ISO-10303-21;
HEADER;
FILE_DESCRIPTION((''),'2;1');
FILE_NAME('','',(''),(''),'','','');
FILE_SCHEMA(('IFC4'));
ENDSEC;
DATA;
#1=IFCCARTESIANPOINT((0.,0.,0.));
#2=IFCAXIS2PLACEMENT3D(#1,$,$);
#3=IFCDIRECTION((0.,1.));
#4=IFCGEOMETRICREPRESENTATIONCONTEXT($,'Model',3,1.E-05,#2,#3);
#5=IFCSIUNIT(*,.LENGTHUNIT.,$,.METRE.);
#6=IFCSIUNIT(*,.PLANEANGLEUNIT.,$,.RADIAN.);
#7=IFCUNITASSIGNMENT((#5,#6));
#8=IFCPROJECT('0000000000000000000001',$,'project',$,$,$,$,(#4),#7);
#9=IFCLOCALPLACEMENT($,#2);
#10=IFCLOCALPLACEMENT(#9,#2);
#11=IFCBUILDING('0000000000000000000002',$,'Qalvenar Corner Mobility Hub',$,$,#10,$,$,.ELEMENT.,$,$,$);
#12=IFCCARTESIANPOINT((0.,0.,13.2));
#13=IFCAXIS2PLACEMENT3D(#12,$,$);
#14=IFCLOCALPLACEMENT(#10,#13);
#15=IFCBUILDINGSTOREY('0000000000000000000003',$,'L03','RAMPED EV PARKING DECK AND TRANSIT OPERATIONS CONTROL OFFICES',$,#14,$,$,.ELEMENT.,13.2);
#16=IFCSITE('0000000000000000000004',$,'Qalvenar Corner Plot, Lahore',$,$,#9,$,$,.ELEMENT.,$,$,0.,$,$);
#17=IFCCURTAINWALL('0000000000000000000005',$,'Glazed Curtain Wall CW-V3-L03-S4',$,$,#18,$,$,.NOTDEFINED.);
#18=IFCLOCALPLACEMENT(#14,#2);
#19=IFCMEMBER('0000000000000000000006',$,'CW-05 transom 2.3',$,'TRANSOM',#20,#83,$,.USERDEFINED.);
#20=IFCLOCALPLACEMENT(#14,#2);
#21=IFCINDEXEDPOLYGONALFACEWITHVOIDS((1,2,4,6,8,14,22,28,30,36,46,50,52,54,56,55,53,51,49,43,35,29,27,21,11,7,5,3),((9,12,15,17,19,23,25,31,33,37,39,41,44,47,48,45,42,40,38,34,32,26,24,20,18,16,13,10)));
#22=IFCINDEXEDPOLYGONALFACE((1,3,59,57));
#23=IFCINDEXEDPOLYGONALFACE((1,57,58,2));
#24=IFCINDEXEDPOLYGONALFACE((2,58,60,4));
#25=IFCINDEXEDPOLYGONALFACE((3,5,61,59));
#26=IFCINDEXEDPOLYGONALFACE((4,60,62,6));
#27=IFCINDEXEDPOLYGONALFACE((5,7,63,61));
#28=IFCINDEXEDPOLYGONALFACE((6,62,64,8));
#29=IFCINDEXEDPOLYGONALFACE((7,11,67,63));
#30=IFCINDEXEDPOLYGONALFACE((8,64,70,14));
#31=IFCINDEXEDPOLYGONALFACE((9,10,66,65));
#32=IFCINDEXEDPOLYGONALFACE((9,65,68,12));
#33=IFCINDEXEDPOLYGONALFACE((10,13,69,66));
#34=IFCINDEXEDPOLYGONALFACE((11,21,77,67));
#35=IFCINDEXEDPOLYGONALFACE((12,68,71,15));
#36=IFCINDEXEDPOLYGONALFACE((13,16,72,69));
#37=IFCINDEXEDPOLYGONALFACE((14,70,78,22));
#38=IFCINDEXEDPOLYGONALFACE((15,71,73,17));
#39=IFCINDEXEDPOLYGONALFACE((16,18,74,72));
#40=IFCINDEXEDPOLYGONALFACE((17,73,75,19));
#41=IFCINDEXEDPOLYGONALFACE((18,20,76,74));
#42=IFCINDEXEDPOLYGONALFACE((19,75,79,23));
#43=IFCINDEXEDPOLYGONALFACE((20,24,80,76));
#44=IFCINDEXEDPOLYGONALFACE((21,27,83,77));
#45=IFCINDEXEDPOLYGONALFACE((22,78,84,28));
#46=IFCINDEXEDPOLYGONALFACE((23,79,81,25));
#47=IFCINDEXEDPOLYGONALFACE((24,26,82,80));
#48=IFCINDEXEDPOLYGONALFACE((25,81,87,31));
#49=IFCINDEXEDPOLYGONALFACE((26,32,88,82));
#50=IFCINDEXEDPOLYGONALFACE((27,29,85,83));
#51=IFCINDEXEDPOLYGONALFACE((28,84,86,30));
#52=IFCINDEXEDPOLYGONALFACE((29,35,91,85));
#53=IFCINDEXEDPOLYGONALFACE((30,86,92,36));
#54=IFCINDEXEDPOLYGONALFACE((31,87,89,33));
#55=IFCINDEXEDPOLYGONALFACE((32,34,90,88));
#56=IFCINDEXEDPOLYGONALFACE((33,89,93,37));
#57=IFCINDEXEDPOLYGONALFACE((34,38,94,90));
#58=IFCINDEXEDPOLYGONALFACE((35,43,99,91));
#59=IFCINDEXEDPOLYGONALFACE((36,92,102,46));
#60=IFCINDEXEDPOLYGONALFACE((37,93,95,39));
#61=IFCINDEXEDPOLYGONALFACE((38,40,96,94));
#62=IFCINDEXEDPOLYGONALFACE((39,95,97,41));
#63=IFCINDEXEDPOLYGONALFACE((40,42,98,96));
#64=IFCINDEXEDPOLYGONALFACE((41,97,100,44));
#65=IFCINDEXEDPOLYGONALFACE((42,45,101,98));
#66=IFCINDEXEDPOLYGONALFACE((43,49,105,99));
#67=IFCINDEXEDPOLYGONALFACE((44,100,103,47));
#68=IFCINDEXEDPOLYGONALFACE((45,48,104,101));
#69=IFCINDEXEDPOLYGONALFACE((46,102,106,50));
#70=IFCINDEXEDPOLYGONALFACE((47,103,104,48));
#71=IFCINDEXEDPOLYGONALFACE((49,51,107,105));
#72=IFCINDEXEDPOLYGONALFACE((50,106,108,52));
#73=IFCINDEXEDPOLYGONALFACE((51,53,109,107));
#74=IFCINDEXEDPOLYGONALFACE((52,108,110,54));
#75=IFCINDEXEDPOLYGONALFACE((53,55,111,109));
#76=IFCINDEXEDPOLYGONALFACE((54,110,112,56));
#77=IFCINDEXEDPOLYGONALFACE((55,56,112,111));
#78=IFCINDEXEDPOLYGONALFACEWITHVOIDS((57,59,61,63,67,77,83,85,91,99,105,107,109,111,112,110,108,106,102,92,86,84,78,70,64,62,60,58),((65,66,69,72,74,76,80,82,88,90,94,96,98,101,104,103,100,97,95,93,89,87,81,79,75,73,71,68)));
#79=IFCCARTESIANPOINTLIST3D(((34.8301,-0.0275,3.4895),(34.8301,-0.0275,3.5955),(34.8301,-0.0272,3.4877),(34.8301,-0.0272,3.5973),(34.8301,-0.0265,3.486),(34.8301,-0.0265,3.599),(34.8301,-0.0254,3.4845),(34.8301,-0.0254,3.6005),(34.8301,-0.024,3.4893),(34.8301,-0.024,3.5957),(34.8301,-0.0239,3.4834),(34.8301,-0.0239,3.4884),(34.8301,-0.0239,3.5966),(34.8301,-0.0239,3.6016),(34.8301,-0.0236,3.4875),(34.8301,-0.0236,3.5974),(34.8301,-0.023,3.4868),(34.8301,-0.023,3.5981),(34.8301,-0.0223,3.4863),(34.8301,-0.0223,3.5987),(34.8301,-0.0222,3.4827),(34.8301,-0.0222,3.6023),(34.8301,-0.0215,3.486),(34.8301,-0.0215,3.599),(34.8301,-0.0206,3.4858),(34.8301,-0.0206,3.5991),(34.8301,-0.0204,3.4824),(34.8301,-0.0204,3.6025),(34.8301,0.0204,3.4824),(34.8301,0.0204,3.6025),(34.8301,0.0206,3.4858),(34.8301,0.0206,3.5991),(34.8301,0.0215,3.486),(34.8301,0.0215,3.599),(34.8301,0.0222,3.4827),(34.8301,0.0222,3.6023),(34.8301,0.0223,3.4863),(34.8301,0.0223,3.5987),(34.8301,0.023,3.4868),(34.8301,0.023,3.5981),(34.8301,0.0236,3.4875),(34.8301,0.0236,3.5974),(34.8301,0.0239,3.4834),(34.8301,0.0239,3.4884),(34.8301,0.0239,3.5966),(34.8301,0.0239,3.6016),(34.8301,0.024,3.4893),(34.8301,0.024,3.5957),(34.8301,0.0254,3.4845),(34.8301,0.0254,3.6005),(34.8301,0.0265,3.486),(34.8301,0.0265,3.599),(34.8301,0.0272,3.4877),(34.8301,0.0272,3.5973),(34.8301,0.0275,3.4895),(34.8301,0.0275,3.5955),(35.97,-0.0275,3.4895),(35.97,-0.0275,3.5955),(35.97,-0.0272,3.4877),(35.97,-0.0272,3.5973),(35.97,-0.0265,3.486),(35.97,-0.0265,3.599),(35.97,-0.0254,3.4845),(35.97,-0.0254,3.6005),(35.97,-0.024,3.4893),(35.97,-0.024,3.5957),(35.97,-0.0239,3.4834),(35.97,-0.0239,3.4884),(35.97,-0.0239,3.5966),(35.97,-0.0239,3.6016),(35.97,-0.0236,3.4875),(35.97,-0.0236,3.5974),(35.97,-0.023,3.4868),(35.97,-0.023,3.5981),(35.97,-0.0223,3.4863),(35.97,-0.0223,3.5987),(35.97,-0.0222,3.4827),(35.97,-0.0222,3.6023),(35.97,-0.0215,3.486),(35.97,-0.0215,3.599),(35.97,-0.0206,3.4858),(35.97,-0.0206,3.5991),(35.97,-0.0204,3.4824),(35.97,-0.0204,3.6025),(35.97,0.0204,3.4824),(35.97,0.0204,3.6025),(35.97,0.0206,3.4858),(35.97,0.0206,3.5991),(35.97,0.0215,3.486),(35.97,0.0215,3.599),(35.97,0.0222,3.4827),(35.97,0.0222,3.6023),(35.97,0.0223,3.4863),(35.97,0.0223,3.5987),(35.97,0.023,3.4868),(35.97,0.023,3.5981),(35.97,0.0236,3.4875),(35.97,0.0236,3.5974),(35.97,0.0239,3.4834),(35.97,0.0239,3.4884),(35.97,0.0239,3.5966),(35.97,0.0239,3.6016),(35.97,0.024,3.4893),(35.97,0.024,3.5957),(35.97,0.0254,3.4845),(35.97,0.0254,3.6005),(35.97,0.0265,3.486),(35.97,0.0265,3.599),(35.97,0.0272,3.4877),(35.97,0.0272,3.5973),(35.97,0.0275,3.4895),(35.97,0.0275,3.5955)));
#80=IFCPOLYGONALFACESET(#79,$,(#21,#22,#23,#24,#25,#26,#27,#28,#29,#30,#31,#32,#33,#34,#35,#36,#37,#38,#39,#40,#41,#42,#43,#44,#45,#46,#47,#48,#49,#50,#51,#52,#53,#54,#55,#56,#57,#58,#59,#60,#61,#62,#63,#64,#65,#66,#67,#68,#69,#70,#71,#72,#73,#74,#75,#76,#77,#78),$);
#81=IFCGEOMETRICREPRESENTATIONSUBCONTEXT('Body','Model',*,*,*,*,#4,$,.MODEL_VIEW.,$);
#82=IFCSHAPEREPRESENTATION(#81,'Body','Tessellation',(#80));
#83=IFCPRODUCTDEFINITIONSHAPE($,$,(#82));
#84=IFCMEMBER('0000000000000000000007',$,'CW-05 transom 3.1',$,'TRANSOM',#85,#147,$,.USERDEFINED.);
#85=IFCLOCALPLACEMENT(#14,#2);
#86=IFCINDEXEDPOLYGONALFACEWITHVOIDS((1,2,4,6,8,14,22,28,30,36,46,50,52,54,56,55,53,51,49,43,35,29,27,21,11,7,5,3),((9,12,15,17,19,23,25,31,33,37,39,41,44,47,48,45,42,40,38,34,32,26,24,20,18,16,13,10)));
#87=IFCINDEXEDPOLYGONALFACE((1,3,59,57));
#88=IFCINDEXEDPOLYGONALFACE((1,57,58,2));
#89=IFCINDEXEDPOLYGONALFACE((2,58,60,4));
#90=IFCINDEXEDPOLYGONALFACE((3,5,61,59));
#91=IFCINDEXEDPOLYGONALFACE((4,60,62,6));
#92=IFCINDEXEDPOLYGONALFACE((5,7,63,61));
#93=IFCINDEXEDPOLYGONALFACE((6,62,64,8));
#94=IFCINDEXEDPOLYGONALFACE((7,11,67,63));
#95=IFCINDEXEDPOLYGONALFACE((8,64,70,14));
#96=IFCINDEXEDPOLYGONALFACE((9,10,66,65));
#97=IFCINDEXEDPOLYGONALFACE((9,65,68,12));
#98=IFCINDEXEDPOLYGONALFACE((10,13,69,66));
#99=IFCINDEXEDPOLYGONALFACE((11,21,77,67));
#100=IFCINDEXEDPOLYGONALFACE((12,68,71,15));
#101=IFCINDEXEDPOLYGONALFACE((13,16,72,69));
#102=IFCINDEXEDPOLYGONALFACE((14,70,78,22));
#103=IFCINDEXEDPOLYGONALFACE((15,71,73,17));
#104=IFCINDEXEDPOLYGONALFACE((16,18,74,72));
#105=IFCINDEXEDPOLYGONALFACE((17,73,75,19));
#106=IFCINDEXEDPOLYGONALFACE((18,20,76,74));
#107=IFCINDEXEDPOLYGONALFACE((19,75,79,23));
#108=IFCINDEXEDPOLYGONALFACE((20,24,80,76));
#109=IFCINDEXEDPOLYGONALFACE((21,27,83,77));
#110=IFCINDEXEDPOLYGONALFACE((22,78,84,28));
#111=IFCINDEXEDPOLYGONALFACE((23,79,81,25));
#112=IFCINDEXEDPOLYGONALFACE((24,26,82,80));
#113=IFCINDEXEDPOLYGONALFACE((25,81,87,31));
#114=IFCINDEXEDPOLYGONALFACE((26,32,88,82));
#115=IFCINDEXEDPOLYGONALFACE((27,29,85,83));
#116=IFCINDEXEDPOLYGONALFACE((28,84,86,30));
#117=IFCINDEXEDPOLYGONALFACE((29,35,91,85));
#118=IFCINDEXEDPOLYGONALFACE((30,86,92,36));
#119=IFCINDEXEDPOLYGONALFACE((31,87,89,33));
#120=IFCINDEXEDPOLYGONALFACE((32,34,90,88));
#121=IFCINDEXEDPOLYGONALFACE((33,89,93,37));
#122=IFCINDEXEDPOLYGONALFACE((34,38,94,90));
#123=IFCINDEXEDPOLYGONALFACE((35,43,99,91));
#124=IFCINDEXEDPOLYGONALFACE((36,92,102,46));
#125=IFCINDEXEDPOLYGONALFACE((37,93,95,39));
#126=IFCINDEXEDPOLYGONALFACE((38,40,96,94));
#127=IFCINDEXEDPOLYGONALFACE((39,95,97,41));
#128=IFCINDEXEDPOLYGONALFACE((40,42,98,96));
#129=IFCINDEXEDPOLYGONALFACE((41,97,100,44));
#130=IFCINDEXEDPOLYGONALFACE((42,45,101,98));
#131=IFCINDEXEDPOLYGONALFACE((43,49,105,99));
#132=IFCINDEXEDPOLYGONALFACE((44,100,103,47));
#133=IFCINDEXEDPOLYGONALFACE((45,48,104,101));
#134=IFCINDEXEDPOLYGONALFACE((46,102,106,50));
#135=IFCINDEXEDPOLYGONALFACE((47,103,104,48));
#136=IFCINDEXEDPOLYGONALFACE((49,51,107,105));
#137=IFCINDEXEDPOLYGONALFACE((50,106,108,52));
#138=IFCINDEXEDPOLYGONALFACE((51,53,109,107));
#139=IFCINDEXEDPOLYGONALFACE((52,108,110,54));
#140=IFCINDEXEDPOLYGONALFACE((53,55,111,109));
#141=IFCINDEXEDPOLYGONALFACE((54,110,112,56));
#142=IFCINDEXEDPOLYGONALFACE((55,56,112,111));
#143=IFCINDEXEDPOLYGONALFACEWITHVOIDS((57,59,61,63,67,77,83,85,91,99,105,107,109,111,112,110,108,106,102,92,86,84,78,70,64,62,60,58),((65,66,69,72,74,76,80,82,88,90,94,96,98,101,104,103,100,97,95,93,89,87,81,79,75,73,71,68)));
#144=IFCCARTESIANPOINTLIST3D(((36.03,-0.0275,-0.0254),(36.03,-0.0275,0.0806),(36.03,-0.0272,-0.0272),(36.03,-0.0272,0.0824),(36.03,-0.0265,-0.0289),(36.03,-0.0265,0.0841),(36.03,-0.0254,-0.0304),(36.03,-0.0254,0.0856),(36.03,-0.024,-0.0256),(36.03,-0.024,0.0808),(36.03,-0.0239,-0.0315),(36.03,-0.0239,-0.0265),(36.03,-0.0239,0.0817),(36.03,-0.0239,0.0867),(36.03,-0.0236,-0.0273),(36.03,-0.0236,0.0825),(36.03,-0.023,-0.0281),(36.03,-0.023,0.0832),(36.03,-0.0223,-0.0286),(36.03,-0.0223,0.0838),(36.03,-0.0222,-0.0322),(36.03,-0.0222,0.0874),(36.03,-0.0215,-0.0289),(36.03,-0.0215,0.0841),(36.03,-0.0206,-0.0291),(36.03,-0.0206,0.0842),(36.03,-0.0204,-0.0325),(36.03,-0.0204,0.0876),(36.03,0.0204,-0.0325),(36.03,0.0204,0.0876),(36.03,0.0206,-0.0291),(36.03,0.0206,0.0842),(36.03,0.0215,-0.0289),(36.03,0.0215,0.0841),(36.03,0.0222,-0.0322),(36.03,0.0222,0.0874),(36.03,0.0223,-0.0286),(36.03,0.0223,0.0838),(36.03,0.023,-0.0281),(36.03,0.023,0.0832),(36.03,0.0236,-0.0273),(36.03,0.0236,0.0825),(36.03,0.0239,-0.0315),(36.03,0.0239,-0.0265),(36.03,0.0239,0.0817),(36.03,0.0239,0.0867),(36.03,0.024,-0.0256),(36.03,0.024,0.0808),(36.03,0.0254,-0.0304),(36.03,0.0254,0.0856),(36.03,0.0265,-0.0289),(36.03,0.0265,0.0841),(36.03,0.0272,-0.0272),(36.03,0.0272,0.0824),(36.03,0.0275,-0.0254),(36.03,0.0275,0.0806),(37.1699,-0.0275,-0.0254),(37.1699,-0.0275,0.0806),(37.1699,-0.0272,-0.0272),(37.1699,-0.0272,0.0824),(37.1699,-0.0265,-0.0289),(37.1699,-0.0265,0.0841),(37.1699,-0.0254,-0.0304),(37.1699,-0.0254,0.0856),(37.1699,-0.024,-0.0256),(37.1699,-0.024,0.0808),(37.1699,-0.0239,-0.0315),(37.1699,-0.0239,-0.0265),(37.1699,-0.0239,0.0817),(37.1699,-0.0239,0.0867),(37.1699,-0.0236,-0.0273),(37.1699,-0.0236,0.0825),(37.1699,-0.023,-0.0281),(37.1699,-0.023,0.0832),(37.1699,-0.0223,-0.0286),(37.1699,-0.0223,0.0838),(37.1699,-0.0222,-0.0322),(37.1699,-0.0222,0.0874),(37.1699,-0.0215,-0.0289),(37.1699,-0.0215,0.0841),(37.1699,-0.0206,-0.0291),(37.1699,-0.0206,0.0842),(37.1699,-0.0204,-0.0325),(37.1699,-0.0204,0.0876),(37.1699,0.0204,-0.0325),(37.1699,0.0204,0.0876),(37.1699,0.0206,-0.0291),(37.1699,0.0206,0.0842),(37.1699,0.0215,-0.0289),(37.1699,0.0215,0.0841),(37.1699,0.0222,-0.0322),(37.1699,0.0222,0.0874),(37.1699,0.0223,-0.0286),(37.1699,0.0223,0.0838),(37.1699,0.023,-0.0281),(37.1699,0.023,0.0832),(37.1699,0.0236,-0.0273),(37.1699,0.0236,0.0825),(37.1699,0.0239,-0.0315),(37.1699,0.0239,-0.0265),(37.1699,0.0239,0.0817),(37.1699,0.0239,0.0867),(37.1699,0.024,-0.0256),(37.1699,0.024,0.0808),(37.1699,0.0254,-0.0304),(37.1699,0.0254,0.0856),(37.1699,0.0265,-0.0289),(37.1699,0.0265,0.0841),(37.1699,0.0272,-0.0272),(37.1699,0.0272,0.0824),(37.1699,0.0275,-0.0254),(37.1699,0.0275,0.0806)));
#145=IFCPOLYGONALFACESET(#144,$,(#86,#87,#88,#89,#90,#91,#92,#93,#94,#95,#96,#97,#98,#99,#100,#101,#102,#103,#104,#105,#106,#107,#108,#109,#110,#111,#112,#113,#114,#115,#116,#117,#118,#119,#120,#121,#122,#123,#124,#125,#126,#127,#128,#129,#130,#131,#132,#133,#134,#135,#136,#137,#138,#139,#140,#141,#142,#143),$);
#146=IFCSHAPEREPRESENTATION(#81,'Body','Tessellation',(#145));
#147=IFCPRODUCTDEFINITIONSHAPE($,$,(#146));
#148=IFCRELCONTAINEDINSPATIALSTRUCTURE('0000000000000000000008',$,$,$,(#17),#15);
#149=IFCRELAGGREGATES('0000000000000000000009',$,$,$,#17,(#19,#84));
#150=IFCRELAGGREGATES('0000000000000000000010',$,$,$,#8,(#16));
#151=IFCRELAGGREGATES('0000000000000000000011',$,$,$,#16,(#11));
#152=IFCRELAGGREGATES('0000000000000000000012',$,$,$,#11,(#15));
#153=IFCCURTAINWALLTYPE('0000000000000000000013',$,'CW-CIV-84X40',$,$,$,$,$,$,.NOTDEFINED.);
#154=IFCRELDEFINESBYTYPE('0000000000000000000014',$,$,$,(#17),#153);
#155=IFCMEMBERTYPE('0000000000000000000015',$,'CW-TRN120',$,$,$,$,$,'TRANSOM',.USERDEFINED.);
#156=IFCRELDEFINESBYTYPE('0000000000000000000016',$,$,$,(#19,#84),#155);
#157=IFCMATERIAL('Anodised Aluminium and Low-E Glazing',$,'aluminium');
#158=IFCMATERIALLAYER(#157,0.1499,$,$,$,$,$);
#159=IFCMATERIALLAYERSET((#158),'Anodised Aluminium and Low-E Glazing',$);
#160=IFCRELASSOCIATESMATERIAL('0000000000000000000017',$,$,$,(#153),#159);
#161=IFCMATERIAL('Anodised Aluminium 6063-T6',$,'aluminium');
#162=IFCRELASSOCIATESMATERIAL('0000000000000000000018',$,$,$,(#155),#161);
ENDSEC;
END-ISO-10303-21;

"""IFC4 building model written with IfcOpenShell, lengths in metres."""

from ifc_helpers import new_model, si_unit, direction, frame, origin, origin_2d, place, context, subcontext, project, spatial, hollow_rectangle, extrude, material, layer, layer_set, material_profile, profile_set, type_object, element, aggregate, save


model = new_model("IFC4")

# Units and contexts
model_context = context("Model", 3, precision=1e-05, world=origin(), true_north=direction((0.0, 1.0)))
body_context = subcontext(model_context, "Body", "Model", "MODEL_VIEW")
ifc_project = project(units=[si_unit("LENGTHUNIT", "METRE"), si_unit("PLANEANGLEUNIT", "RADIAN")], contexts=[model_context])

# Site, building, storey
site_placement = place(None, origin())
site = spatial("IfcSite", under=ifc_project, at=site_placement, Name="Qalvenar Corner Plot, Lahore", CompositionType="ELEMENT", RefElevation=0.0)
building_placement = place(site_placement, origin())
building = spatial("IfcBuilding", under=site, at=building_placement, Name="Qalvenar Corner Mobility Hub", CompositionType="ELEMENT")
storey_placement = place(building_placement, frame((0.0, 0.0, 13.2)))
storey = spatial("IfcBuildingStorey", under=building, at=storey_placement, Name="L03", Description="RAMPED EV PARKING DECK AND TRANSIT OPERATIONS CONTROL OFFICES", CompositionType="ELEMENT", Elevation=13.2)

# Curtain wall, members
ifc_material_1 = material(Name="Anodised Aluminium and Low-E Glazing", Category="aluminium")
ifc_layer_1 = layer(ifc_material_1, 0.1499)
ifc_layer_set_1 = layer_set([ifc_layer_1], Name="Anodised Aluminium and Low-E Glazing")
curtain_wall_type = type_object("IfcCurtainWallType", Name="CW-CIV-84X40", PredefinedType="NOTDEFINED", material=ifc_layer_set_1)
curtain_wall_placement = place(storey_placement, origin())
curtain_wall = element("IfcCurtainWall", 1, at=curtain_wall_placement, inside=storey, type_object=curtain_wall_type, Name="Glazed Curtain Wall CW-V3-L03-S4", PredefinedType="NOTDEFINED")
ifc_material_2 = material(Name="Anodised Aluminium 6063-T6", Category="aluminium")
ifc_material_profile_1 = material_profile(ifc_material_2, hollow_rectangle(XDim=0.0549, YDim=0.1201, WallThickness=0.0034, InnerFilletRadius=0.0034, OuterFilletRadius=0.0071, at=origin_2d()), Name="RHS120x55x3.5")
ifc_profile_set_1 = profile_set([ifc_material_profile_1], Name="Anodised Aluminium 6063-T6")
member_type_1 = type_object("IfcMemberType", Name="CW-TRN120", ElementType="TRANSOM", PredefinedType="USERDEFINED", material=ifc_profile_set_1)
member_1_placement = place(storey_placement, frame((34.8301, 0.0, 3.5425), z_axis=(1.0, 0.0, 0.0), x_axis=(0.0, 1.0, 0.0)))
member_1 = element("IfcMember", 2, at=member_1_placement, type_object=member_type_1, Name="CW-05 transom 2.3", ObjectType="TRANSOM", PredefinedType="USERDEFINED", context=body_context, shape_type="SweptSolid", body=[
    extrude(hollow_rectangle(XDim=0.0549, YDim=0.1201, WallThickness=0.0034, InnerFilletRadius=0.0034, OuterFilletRadius=0.0071, at=origin_2d()), origin(), (0.0, 0.0, 1.0), 1.1399),
])
member_2_placement = place(storey_placement, frame((36.03, 0.0, 0.0276), z_axis=(1.0, 0.0, 0.0), x_axis=(0.0, 1.0, 0.0)))
member_2 = element("IfcMember", 3, at=member_2_placement, type_object=member_type_1, Name="CW-05 transom 3.1", ObjectType="TRANSOM", PredefinedType="USERDEFINED", context=body_context, shape_type="SweptSolid", body=[
    extrude(hollow_rectangle(XDim=0.0549, YDim=0.1201, WallThickness=0.0034, InnerFilletRadius=0.0034, OuterFilletRadius=0.0071, at=origin_2d()), origin(), (0.0, 0.0, 1.0), 1.1399),
])
aggregate(curtain_wall, [member_1, member_2])

save(model, "model.ifc")
